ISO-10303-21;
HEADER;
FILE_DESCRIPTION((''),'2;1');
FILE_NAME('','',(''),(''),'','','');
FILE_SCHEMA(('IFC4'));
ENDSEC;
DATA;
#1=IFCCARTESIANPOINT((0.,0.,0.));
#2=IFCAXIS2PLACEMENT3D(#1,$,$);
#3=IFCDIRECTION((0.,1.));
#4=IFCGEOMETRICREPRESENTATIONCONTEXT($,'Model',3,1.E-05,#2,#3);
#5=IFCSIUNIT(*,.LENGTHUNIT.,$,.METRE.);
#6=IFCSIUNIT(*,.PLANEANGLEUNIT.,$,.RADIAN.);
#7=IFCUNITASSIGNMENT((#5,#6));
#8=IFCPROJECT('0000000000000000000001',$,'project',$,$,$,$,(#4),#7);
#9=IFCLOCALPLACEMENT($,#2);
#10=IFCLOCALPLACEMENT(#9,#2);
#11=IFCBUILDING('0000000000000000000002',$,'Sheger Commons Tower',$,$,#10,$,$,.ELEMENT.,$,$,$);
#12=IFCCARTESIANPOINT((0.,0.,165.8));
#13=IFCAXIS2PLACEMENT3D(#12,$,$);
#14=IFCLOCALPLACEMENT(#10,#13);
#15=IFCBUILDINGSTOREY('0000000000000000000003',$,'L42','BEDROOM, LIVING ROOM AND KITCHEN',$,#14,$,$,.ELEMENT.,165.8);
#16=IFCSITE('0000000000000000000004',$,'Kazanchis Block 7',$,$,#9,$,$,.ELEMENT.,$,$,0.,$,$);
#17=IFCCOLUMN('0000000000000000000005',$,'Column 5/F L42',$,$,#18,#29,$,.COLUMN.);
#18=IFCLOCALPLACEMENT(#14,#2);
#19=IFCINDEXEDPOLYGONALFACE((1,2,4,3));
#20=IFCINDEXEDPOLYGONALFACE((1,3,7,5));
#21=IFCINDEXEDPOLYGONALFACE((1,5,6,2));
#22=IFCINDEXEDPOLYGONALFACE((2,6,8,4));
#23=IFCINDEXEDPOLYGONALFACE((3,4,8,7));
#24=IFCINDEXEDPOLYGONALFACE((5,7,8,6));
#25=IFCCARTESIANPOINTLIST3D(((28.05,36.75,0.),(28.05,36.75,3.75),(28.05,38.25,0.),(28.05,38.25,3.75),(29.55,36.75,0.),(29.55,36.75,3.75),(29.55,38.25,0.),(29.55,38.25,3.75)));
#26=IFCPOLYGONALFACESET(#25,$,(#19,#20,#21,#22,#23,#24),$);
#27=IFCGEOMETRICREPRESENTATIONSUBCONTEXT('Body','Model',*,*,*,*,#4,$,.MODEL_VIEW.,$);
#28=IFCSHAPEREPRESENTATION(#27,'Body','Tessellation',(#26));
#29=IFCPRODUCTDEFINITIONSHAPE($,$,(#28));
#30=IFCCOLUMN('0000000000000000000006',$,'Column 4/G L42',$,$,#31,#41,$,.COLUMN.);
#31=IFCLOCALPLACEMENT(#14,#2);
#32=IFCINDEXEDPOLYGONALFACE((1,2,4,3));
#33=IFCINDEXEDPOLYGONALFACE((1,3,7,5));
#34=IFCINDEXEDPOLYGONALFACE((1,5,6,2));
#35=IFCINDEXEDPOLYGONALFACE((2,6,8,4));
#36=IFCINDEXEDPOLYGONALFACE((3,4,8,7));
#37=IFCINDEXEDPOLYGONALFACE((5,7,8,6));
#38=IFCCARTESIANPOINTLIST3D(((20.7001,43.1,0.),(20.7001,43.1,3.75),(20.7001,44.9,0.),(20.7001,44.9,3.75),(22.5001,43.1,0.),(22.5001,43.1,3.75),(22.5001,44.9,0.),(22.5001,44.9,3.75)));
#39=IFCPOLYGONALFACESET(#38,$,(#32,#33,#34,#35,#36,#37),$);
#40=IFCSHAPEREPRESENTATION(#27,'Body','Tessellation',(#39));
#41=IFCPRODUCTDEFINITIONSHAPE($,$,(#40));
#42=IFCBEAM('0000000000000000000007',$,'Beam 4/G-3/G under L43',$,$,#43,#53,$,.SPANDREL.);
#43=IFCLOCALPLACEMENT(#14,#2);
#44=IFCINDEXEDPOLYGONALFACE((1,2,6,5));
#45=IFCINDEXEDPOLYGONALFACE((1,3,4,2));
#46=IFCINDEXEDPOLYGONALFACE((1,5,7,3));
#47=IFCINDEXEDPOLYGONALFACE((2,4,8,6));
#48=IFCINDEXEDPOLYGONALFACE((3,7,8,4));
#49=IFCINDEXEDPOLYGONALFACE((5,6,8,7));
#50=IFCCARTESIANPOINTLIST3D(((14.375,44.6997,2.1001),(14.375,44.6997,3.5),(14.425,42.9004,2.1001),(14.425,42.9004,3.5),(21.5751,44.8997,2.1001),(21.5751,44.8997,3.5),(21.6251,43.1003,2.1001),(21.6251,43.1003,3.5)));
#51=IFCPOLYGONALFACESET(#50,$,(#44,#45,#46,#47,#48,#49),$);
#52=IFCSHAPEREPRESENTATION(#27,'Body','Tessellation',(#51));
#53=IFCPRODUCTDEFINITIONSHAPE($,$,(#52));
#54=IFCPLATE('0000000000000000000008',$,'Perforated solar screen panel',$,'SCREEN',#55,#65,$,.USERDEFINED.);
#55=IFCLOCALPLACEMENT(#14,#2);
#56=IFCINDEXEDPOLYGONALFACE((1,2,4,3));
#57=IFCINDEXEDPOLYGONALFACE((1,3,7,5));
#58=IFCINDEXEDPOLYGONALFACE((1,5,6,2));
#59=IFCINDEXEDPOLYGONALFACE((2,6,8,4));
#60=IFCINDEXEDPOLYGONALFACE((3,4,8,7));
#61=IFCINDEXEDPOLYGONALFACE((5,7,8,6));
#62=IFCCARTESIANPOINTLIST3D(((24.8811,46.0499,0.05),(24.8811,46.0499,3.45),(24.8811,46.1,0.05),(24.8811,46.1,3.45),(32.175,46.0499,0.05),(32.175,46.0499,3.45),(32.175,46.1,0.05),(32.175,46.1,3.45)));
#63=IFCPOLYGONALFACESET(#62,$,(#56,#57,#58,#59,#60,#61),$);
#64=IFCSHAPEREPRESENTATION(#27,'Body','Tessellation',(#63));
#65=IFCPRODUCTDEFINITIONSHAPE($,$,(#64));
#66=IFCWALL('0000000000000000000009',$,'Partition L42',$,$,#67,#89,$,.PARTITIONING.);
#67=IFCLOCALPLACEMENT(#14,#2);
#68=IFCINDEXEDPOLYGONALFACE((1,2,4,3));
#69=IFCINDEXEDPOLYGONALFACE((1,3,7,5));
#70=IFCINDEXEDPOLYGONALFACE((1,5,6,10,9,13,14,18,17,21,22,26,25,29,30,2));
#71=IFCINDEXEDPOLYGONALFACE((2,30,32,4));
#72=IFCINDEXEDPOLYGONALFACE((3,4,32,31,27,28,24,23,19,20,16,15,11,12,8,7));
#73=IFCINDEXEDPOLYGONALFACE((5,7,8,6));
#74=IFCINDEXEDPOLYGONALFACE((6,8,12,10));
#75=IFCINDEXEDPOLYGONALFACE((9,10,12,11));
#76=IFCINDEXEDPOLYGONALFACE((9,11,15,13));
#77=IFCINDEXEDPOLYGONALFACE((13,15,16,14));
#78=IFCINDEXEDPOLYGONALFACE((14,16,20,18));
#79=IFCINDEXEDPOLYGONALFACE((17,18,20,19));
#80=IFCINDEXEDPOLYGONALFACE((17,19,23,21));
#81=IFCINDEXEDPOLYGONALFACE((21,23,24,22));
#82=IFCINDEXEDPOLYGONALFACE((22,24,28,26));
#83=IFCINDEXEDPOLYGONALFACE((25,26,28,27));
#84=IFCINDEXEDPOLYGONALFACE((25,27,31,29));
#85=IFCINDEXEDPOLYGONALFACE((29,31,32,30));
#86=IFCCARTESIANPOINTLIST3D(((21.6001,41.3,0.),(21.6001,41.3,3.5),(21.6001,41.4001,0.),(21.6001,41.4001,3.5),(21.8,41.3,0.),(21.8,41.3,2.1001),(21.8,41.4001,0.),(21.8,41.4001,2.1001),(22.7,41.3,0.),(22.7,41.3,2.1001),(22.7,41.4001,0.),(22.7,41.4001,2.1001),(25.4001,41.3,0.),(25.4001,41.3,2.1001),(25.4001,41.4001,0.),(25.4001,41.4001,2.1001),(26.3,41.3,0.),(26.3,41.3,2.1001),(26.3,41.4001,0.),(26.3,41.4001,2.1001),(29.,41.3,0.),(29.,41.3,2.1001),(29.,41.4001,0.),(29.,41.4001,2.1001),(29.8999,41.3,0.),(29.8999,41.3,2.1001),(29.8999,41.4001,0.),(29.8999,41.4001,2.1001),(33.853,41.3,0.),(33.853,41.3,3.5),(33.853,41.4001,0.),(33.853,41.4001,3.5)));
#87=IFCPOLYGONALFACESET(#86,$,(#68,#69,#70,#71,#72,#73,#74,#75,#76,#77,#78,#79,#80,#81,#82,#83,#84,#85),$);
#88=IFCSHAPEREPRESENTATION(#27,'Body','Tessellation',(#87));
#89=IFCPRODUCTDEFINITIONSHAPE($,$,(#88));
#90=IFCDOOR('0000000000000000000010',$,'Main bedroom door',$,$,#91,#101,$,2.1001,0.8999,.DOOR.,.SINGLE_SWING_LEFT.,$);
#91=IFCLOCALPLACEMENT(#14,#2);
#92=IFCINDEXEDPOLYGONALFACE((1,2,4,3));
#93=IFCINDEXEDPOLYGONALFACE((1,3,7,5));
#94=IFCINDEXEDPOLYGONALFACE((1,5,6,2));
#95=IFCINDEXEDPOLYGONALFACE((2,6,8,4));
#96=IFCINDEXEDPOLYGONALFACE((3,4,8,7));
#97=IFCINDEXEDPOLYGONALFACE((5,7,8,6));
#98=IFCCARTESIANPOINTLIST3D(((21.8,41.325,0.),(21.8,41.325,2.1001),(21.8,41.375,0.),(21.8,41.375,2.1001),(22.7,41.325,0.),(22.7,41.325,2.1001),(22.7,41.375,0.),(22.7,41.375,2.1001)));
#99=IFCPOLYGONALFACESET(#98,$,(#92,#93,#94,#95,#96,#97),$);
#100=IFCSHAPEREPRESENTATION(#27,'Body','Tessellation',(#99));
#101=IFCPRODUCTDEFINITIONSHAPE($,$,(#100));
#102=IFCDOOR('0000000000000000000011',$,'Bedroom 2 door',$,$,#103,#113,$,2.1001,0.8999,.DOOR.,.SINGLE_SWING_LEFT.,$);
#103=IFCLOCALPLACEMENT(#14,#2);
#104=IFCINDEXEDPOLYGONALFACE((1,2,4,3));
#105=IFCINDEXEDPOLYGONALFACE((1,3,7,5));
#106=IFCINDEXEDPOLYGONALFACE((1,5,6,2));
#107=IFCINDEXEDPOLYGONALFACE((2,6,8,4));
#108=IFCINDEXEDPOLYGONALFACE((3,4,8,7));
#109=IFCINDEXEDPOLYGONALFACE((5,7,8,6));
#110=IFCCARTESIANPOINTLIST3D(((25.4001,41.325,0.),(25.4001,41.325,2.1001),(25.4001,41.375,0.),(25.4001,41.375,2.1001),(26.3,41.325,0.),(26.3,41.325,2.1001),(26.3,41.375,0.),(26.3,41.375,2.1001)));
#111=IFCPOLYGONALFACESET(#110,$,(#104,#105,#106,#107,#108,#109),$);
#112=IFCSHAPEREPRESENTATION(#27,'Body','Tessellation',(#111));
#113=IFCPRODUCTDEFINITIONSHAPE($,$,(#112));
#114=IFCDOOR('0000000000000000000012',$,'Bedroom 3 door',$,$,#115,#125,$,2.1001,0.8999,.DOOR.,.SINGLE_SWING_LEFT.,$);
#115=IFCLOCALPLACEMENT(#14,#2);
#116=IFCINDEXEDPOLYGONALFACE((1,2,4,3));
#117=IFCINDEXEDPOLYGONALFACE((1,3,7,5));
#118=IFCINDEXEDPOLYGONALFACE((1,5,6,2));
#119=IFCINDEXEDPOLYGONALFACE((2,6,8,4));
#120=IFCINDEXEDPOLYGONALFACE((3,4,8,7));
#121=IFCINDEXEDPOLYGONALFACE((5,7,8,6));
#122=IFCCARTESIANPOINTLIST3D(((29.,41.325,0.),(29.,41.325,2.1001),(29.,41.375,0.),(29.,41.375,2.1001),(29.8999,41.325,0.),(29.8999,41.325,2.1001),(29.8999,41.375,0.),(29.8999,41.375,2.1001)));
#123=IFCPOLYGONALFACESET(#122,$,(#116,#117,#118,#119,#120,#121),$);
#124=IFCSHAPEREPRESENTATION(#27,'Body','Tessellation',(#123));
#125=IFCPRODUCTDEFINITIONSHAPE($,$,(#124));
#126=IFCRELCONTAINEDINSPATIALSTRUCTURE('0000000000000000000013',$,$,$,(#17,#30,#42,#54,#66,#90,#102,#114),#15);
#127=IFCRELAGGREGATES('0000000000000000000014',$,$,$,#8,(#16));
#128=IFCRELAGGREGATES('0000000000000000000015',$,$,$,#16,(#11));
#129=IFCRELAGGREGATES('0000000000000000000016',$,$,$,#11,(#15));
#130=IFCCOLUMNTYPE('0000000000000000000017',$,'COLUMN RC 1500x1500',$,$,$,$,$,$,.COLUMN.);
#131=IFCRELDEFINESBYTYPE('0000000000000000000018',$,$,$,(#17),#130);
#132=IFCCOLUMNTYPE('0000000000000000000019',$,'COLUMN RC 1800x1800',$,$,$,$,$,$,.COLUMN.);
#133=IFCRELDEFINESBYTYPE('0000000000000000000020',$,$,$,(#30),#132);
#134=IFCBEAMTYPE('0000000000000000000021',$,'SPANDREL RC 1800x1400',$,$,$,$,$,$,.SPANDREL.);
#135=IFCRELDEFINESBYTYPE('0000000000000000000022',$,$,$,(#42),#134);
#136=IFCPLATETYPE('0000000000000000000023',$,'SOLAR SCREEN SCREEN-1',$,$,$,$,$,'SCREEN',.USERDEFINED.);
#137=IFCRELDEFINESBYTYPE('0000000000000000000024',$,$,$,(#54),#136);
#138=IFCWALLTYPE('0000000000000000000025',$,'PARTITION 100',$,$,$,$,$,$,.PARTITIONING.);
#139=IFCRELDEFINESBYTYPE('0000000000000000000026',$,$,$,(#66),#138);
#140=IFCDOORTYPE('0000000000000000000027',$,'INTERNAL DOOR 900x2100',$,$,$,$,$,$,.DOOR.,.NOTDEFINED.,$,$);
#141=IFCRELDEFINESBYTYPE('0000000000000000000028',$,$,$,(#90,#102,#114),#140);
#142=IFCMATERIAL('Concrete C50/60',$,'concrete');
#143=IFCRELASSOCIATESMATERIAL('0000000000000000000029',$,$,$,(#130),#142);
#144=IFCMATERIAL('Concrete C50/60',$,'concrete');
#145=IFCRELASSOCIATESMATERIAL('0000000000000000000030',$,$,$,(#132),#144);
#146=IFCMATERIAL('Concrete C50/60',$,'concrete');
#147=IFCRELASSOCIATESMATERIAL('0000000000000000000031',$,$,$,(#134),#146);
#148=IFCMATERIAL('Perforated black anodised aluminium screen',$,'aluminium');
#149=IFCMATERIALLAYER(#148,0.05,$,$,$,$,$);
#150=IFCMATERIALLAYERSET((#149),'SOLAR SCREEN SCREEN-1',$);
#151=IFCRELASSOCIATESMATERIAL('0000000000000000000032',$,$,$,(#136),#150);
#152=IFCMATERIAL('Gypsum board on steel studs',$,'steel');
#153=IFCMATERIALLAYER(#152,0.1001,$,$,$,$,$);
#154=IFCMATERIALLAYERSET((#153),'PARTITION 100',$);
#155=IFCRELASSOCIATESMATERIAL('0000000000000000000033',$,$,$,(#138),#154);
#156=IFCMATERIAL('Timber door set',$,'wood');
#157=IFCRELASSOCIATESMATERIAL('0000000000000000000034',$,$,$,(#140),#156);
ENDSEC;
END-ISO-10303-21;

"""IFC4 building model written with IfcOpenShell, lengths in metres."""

from ifc_helpers import new_model, si_unit, direction, frame, frame_2d, origin, origin_2d, place, context, subcontext, project, spatial, rectangle, extrude, material, layer, layer_set, material_profile, profile_set, type_object, element, fill, save


model = new_model("IFC4")

# Units and contexts
model_context = context("Model", 3, precision=1e-05, world=origin(), true_north=direction((0.0, 1.0)))
body_context = subcontext(model_context, "Body", "Model", "MODEL_VIEW")
ifc_project = project(units=[si_unit("LENGTHUNIT", "METRE"), si_unit("PLANEANGLEUNIT", "RADIAN")], contexts=[model_context])

# Site, building, storey
site_placement = place(None, origin())
site = spatial("IfcSite", under=ifc_project, at=site_placement, Name="Kazanchis Block 7", CompositionType="ELEMENT", RefElevation=0.0)
building_placement = place(site_placement, origin())
building = spatial("IfcBuilding", under=site, at=building_placement, Name="Sheger Commons Tower", CompositionType="ELEMENT")
storey_placement = place(building_placement, frame((0.0, 0.0, 165.8)))
storey = spatial("IfcBuildingStorey", under=building, at=storey_placement, Name="L42", Description="BEDROOM, LIVING ROOM AND KITCHEN", CompositionType="ELEMENT", Elevation=165.8)

# Columns
ifc_material_1 = material(Name="Concrete C50/60", Category="concrete")
ifc_material_profile_1 = material_profile(ifc_material_1, rectangle(XDim=1.5, YDim=1.5, at=origin_2d()), Name="RC 1500x1500")
ifc_profile_set_1 = profile_set([ifc_material_profile_1], Name="Concrete C50/60")
column_type_1 = type_object("IfcColumnType", Name="COLUMN RC 1500x1500", PredefinedType="COLUMN", material=ifc_profile_set_1)
column_1_placement = place(storey_placement, frame((28.8, 37.5, 0.0), z_axis=(0.0, 0.0, 1.0), x_axis=(1.0, 0.0, 0.0)))
element("IfcColumn", 1, at=column_1_placement, inside=storey, type_object=column_type_1, Name="Column 5/F L42", PredefinedType="COLUMN", context=body_context, shape_type="SweptSolid", body=[
    extrude(rectangle(XDim=1.5, YDim=1.5, at=origin_2d()), origin(), (0.0, 0.0, 1.0), 3.75),
])
ifc_material_2 = material(Name="Concrete C50/60", Category="concrete")
ifc_material_profile_2 = material_profile(ifc_material_2, rectangle(XDim=1.8, YDim=1.8, at=origin_2d()), Name="RC 1800x1800")
ifc_profile_set_2 = profile_set([ifc_material_profile_2], Name="Concrete C50/60")
column_type_2 = type_object("IfcColumnType", Name="COLUMN RC 1800x1800", PredefinedType="COLUMN", material=ifc_profile_set_2)
column_2_placement = place(storey_placement, frame((21.6001, 44.0, 0.0), z_axis=(0.0, 0.0, 1.0), x_axis=(1.0, 0.0, 0.0)))
element("IfcColumn", 2, at=column_2_placement, inside=storey, type_object=column_type_2, Name="Column 4/G L42", PredefinedType="COLUMN", context=body_context, shape_type="SweptSolid", body=[
    extrude(rectangle(XDim=1.8, YDim=1.8, at=origin_2d()), origin(), (0.0, 0.0, 1.0), 3.75),
])

# Beam
ifc_material_3 = material(Name="Concrete C50/60", Category="concrete")
ifc_material_profile_3 = material_profile(ifc_material_3, rectangle(XDim=1.8, YDim=1.3999, at=origin_2d()), Name="RC 1800x1400")
ifc_profile_set_3 = profile_set([ifc_material_profile_3], Name="Concrete C50/60")
beam_type = type_object("IfcBeamType", Name="SPANDREL RC 1800x1400", PredefinedType="SPANDREL", material=ifc_profile_set_3)
beam_placement = place(storey_placement, frame((21.6001, 44.0, 2.8), z_axis=(-0.999615, -0.02776, 0.0), x_axis=(0.02776, -0.999615, 0.0)))
element("IfcBeam", 3, at=beam_placement, inside=storey, type_object=beam_type, Name="Beam 4/G-3/G under L43", PredefinedType="SPANDREL", context=body_context, shape_type="SweptSolid", body=[
    extrude(rectangle(XDim=1.8, YDim=1.3999, at=origin_2d()), origin(), (0.0, 0.0, 1.0), 7.2029),
])

# Plate
ifc_material_4 = material(Name="Perforated black anodised aluminium screen", Category="aluminium")
ifc_layer_1 = layer(ifc_material_4, 0.05)
ifc_layer_set_1 = layer_set([ifc_layer_1], Name="SOLAR SCREEN SCREEN-1")
plate_type = type_object("IfcPlateType", Name="SOLAR SCREEN SCREEN-1", ElementType="SCREEN", PredefinedType="USERDEFINED", material=ifc_layer_set_1)
plate_placement = place(storey_placement, frame((28.5281, 46.075, 0.05), z_axis=(0.0, 0.0, 1.0), x_axis=(-1.0, 0.0, 0.0)))
element("IfcPlate", 4, at=plate_placement, inside=storey, type_object=plate_type, Name="Perforated solar screen panel", ObjectType="SCREEN", PredefinedType="USERDEFINED", context=body_context, shape_type="SweptSolid", body=[
    extrude(rectangle(XDim=7.2939, YDim=0.05, at=origin_2d()), origin(), (0.0, 0.0, 1.0), 3.3999),
])

# Wall, openings, doors
ifc_material_5 = material(Name="Gypsum board on steel studs", Category="steel")
ifc_layer_2 = layer(ifc_material_5, 0.1001)
ifc_layer_set_2 = layer_set([ifc_layer_2], Name="PARTITION 100")
wall_type = type_object("IfcWallType", Name="PARTITION 100", PredefinedType="PARTITIONING", material=ifc_layer_set_2)
wall_1_placement = place(storey_placement, frame((21.6001, 41.3501, 0.0), z_axis=(0.0, 0.0, 1.0), x_axis=(1.0, 0.0, 0.0)))
wall_1 = element("IfcWall", 5, at=wall_1_placement, inside=storey, type_object=wall_type, Name="Partition L42", PredefinedType="PARTITIONING", context=body_context, shape_type="SweptSolid", body=[
    extrude(rectangle(XDim=12.2529, YDim=0.1001, at=frame_2d((6.1265, 0.0))), origin(), (0.0, 0.0, 1.0), 3.5),
])
opening_1_placement = place(wall_1_placement, frame((0.2, 0.0, 0.0)))
opening_1 = element("IfcOpeningElement", 6, at=opening_1_placement, cuts=wall_1, PredefinedType="OPENING", context=body_context, shape_type="SweptSolid", body=[
    extrude(rectangle(XDim=0.8999, YDim=2.1001, at=frame_2d((0.45, 1.05))), frame((0.0, 0.0601, 0.0), z_axis=(0.0, -1.0, 0.0), x_axis=(1.0, 0.0, 0.0)), (0.0, 0.0, 1.0), 0.1201),
])
opening_2_placement = place(wall_1_placement, frame((3.8, 0.0, 0.0)))
opening_2 = element("IfcOpeningElement", 7, at=opening_2_placement, cuts=wall_1, PredefinedType="OPENING", context=body_context, shape_type="SweptSolid", body=[
    extrude(rectangle(XDim=0.8999, YDim=2.1001, at=frame_2d((0.45, 1.05))), frame((0.0, 0.0601, 0.0), z_axis=(0.0, -1.0, 0.0), x_axis=(1.0, 0.0, 0.0)), (0.0, 0.0, 1.0), 0.1201),
])
opening_3_placement = place(wall_1_placement, frame((7.3999, 0.0, 0.0)))
opening_3 = element("IfcOpeningElement", 8, at=opening_3_placement, cuts=wall_1, PredefinedType="OPENING", context=body_context, shape_type="SweptSolid", body=[
    extrude(rectangle(XDim=0.8999, YDim=2.1001, at=frame_2d((0.45, 1.05))), frame((0.0, 0.0601, 0.0), z_axis=(0.0, -1.0, 0.0), x_axis=(1.0, 0.0, 0.0)), (0.0, 0.0, 1.0), 0.1201),
])
ifc_material_6 = material(Name="Timber door set", Category="wood")
door_type = type_object("IfcDoorType", Name="INTERNAL DOOR 900x2100", OperationType="NOTDEFINED", PredefinedType="DOOR", material=ifc_material_6)
door_1_placement = place(opening_1_placement, origin())
door_1 = element("IfcDoor", 9, at=door_1_placement, inside=storey, type_object=door_type, Name="Main bedroom door", OperationType="SINGLE_SWING_LEFT", OverallHeight=2.1001, OverallWidth=0.8999, PredefinedType="DOOR", context=body_context, shape_type="SweptSolid", body=[
    extrude(rectangle(XDim=0.8999, YDim=2.1001, at=frame_2d((0.45, 1.05))), frame((0.0, 0.0249, 0.0), z_axis=(0.0, -1.0, 0.0), x_axis=(1.0, 0.0, 0.0)), (0.0, 0.0, 1.0), 0.05),
])
fill(opening_1, door_1)
door_2_placement = place(opening_2_placement, origin())
door_2 = element("IfcDoor", 10, at=door_2_placement, inside=storey, type_object=door_type, Name="Bedroom 2 door", OperationType="SINGLE_SWING_LEFT", OverallHeight=2.1001, OverallWidth=0.8999, PredefinedType="DOOR", context=body_context, shape_type="SweptSolid", body=[
    extrude(rectangle(XDim=0.8999, YDim=2.1001, at=frame_2d((0.45, 1.05))), frame((0.0, 0.0249, 0.0), z_axis=(0.0, -1.0, 0.0), x_axis=(1.0, 0.0, 0.0)), (0.0, 0.0, 1.0), 0.05),
])
fill(opening_2, door_2)
door_3_placement = place(opening_3_placement, origin())
door_3 = element("IfcDoor", 11, at=door_3_placement, inside=storey, type_object=door_type, Name="Bedroom 3 door", OperationType="SINGLE_SWING_LEFT", OverallHeight=2.1001, OverallWidth=0.8999, PredefinedType="DOOR", context=body_context, shape_type="SweptSolid", body=[
    extrude(rectangle(XDim=0.8999, YDim=2.1001, at=frame_2d((0.45, 1.05))), frame((0.0, 0.0249, 0.0), z_axis=(0.0, -1.0, 0.0), x_axis=(1.0, 0.0, 0.0)), (0.0, 0.0, 1.0), 0.05),
])
fill(opening_3, door_3)

save(model, "model.ifc")
